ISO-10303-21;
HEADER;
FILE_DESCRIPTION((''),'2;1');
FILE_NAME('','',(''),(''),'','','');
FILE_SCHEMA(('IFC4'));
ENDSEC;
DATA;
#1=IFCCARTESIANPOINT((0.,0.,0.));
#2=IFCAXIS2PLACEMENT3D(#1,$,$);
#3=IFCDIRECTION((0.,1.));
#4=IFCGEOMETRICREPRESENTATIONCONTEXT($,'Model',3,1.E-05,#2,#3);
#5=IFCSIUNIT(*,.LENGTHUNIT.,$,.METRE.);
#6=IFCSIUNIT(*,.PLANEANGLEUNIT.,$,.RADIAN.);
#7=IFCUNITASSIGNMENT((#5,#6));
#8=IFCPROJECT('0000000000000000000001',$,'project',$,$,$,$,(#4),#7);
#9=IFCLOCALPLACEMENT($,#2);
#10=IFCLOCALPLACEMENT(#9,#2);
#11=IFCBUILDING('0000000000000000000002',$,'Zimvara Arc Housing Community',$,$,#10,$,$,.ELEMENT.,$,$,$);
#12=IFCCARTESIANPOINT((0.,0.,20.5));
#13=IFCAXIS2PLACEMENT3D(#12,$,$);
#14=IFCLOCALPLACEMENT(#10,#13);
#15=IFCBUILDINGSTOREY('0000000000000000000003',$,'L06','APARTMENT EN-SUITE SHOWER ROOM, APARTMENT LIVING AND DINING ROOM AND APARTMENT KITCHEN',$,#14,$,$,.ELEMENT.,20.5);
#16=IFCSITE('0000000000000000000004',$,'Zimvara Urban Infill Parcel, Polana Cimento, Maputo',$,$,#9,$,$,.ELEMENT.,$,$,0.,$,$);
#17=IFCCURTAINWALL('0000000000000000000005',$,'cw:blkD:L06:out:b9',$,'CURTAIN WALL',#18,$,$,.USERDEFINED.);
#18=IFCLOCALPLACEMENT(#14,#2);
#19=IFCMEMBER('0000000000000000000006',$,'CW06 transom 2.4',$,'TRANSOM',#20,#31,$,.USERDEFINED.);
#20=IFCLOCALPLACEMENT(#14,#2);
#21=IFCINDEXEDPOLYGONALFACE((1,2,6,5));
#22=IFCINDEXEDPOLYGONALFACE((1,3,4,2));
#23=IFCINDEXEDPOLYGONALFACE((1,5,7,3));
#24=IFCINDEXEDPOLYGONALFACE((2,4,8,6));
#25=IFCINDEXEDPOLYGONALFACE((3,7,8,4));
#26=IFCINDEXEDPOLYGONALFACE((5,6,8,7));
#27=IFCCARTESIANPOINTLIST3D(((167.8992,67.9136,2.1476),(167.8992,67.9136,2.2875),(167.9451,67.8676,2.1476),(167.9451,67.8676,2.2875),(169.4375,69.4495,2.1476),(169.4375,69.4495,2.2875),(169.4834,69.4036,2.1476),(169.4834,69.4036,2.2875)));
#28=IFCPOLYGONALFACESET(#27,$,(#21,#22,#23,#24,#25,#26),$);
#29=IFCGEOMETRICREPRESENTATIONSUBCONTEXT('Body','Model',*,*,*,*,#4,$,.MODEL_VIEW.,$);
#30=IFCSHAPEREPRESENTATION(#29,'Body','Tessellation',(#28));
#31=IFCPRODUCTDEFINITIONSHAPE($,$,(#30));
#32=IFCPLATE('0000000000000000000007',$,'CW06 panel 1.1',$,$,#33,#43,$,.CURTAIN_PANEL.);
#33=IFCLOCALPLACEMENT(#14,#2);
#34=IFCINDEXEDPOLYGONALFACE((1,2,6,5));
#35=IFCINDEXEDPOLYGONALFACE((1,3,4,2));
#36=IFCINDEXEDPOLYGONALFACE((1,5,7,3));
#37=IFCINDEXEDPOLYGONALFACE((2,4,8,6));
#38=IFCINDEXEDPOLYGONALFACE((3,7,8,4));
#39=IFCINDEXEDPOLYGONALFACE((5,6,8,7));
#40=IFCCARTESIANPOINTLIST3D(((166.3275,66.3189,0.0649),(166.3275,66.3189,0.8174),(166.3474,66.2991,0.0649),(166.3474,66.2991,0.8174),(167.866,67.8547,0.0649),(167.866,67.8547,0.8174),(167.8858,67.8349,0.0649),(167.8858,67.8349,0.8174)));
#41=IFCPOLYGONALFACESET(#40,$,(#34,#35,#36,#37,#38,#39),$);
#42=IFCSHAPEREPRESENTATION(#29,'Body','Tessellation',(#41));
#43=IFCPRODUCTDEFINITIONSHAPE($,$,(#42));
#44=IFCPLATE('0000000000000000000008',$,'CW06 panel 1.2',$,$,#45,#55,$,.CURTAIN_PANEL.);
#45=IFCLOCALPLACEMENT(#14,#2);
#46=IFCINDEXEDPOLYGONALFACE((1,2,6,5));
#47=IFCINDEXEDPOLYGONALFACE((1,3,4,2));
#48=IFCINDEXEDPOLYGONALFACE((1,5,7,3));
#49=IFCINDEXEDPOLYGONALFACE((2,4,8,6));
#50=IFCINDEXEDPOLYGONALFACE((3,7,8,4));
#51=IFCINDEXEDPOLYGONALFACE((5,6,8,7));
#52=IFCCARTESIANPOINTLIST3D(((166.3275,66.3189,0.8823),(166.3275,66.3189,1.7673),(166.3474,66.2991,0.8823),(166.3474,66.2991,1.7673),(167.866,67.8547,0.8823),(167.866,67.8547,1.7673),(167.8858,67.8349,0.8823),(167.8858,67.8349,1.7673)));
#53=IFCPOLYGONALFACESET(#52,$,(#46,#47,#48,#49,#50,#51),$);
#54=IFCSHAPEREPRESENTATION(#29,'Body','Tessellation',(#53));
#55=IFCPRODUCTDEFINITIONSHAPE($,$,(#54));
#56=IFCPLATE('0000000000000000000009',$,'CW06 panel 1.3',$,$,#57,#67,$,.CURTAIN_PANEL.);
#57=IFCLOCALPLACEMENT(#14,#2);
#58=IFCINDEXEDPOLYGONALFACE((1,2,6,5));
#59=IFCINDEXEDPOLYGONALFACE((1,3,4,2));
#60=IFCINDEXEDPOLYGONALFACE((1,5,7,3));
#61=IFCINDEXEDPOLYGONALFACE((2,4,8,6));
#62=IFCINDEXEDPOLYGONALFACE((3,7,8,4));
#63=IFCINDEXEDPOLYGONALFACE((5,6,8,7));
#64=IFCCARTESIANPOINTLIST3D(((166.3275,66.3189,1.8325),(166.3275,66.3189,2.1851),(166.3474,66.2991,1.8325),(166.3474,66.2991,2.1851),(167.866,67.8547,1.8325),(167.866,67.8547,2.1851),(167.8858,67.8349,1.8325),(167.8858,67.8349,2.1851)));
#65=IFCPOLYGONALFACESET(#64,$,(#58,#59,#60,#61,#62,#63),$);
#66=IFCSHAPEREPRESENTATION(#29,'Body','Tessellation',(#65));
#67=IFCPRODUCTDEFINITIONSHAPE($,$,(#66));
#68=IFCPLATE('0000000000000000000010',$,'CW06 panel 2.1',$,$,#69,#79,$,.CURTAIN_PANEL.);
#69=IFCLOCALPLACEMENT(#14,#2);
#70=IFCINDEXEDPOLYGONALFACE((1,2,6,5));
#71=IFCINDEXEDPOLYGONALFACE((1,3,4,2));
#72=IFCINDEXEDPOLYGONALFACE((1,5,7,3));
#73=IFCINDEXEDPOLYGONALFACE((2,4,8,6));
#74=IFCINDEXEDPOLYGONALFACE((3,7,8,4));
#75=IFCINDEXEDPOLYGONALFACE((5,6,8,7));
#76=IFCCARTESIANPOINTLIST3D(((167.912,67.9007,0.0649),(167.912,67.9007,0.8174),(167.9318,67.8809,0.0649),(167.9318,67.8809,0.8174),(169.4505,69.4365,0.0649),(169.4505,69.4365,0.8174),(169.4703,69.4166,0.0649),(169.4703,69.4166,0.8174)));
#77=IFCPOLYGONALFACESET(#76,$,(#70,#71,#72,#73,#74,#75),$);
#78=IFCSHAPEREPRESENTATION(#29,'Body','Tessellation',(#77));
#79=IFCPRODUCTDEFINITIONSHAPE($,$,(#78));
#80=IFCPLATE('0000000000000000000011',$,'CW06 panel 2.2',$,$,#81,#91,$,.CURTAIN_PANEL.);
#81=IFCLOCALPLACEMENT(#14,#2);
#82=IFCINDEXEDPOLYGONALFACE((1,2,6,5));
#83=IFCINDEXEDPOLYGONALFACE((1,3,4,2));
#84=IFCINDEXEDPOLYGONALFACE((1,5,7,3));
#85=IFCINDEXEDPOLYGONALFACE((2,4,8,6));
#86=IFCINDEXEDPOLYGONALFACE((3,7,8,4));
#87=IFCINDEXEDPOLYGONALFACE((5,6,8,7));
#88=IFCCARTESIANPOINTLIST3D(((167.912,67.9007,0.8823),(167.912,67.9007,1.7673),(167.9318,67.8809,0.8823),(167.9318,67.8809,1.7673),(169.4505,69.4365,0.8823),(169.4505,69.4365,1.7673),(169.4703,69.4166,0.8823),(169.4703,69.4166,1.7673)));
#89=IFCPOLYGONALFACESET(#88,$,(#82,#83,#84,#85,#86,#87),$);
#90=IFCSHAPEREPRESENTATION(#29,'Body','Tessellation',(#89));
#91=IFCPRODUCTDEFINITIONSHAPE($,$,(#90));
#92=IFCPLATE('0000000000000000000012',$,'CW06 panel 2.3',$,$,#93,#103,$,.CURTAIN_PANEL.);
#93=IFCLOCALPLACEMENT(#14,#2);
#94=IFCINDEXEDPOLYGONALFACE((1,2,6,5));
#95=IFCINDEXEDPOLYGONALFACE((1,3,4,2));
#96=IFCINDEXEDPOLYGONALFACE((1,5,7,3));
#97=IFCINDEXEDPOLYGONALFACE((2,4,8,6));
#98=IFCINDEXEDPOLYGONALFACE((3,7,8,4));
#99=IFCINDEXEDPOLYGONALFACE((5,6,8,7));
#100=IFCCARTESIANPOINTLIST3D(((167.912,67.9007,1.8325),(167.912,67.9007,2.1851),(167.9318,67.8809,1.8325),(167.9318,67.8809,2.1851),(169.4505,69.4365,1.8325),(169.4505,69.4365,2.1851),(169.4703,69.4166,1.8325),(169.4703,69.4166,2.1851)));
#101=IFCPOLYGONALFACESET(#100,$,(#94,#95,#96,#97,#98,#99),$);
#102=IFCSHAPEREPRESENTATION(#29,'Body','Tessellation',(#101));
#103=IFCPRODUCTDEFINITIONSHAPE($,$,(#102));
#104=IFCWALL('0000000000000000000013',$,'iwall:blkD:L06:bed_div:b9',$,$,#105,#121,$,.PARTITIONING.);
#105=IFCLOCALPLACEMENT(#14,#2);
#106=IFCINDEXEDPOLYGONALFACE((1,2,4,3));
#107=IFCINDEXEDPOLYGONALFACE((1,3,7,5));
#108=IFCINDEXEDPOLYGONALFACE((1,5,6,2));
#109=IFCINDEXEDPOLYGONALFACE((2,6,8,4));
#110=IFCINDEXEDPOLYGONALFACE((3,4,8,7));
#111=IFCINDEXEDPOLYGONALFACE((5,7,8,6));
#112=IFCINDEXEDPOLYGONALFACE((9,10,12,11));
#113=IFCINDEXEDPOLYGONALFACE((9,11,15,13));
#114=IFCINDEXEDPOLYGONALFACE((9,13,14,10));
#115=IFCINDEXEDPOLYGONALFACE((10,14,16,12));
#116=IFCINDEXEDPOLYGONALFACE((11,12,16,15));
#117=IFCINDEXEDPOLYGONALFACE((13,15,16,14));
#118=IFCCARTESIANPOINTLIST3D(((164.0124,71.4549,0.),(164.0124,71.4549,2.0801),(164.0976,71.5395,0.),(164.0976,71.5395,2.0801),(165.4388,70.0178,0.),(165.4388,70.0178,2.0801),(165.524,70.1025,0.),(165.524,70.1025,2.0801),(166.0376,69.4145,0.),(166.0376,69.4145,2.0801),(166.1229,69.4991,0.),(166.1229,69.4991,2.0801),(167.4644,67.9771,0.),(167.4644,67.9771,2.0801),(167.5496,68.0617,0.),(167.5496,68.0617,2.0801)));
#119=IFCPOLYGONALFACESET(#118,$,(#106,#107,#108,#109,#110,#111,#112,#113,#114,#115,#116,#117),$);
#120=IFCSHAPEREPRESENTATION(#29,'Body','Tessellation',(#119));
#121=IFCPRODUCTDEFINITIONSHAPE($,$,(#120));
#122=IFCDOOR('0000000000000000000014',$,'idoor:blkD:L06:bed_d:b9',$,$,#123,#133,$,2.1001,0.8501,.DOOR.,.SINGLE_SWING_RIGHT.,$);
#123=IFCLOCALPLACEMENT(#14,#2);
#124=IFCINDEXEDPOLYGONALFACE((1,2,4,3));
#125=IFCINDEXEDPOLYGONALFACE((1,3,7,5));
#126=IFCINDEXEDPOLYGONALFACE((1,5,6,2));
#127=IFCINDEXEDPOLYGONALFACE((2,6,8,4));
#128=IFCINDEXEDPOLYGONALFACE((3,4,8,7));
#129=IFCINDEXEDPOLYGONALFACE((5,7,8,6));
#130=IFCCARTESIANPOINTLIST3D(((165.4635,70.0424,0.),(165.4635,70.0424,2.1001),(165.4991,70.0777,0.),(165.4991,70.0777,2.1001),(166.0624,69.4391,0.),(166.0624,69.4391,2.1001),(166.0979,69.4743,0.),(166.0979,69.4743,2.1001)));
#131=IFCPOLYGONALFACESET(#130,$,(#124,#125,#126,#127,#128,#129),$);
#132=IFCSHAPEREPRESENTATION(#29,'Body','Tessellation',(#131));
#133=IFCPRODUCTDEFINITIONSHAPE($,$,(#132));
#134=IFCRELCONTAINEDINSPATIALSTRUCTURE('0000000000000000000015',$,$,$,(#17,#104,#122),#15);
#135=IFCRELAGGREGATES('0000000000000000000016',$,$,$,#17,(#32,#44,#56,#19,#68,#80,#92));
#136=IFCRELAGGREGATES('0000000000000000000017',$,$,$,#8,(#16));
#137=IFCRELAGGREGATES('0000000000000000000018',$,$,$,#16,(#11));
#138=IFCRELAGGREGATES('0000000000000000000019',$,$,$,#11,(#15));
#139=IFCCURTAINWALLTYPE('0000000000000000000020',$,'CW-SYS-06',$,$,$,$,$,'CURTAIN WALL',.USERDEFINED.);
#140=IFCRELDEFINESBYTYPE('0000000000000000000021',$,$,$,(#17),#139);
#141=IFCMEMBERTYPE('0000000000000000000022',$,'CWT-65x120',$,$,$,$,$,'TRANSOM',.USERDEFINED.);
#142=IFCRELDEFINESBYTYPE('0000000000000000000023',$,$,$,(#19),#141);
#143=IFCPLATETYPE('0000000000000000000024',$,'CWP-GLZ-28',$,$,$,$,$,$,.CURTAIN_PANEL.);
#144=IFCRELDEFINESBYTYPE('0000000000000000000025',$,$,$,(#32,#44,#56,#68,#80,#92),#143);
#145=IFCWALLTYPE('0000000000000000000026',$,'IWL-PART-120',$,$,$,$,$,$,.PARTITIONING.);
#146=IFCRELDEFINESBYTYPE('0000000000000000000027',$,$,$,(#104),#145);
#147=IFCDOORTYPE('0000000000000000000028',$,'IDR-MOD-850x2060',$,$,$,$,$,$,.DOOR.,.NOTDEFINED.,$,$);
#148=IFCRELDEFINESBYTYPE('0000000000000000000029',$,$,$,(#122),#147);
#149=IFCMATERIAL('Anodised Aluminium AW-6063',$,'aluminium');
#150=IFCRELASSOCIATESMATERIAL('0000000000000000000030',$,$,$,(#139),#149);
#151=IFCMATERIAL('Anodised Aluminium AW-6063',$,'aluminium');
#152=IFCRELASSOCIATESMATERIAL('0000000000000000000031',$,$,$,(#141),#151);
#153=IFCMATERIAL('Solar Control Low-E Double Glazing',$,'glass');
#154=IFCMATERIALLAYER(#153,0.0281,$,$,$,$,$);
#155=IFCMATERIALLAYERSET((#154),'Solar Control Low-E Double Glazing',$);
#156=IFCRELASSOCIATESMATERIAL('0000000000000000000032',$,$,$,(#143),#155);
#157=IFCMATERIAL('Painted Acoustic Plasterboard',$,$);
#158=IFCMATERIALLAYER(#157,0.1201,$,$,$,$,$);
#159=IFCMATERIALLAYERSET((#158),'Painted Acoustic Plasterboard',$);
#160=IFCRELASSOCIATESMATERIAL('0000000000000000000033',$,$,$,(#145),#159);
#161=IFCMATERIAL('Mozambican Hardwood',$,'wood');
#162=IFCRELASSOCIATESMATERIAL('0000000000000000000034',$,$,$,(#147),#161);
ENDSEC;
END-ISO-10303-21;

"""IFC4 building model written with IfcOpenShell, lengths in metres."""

from ifc_helpers import new_model, si_unit, direction, frame, frame_2d, origin, origin_2d, place, context, subcontext, project, spatial, rectangle, extrude, material, layer, layer_set, material_profile, profile_set, type_object, element, fill, aggregate, save


model = new_model("IFC4")

# Units and contexts
model_context = context("Model", 3, precision=1e-05, world=origin(), true_north=direction((0.0, 1.0)))
body_context = subcontext(model_context, "Body", "Model", "MODEL_VIEW")
ifc_project = project(units=[si_unit("LENGTHUNIT", "METRE"), si_unit("PLANEANGLEUNIT", "RADIAN")], contexts=[model_context])

# Site, building, storey
site_placement = place(None, origin())
site = spatial("IfcSite", under=ifc_project, at=site_placement, Name="Zimvara Urban Infill Parcel, Polana Cimento, Maputo", CompositionType="ELEMENT", RefElevation=0.0)
building_placement = place(site_placement, origin())
building = spatial("IfcBuilding", under=site, at=building_placement, Name="Zimvara Arc Housing Community", CompositionType="ELEMENT")
storey_placement = place(building_placement, frame((0.0, 0.0, 20.5)))
storey = spatial("IfcBuildingStorey", under=building, at=storey_placement, Name="L06", Description="APARTMENT EN-SUITE SHOWER ROOM, APARTMENT LIVING AND DINING ROOM AND APARTMENT KITCHEN", CompositionType="ELEMENT", Elevation=20.5)

# Curtain wall, member, plates
ifc_material_1 = material(Name="Anodised Aluminium AW-6063", Category="aluminium")
curtain_wall_type = type_object("IfcCurtainWallType", Name="CW-SYS-06", ElementType="CURTAIN WALL", PredefinedType="USERDEFINED", material=ifc_material_1)
curtain_wall_placement = place(storey_placement, origin())
curtain_wall = element("IfcCurtainWall", 1, at=curtain_wall_placement, inside=storey, type_object=curtain_wall_type, Name="cw:blkD:L06:out:b9", ObjectType="CURTAIN WALL", PredefinedType="USERDEFINED")
ifc_material_2 = material(Name="Anodised Aluminium AW-6063", Category="aluminium")
ifc_material_profile_1 = material_profile(ifc_material_2, rectangle(XDim=0.0649, YDim=0.1399, at=origin_2d()), Name="ALU 65x140")
ifc_profile_set_1 = profile_set([ifc_material_profile_1], Name="Anodised Aluminium AW-6063")
member_type_1 = type_object("IfcMemberType", Name="CWT-65x120", ElementType="TRANSOM", PredefinedType="USERDEFINED", material=ifc_profile_set_1)
member_1_placement = place(storey_placement, frame((167.9221, 67.8906, 2.2175), z_axis=(0.707668, 0.706545, 0.0), x_axis=(-0.706545, 0.707668, 0.0)))
member_1 = element("IfcMember", 2, at=member_1_placement, type_object=member_type_1, Name="CW06 transom 2.4", ObjectType="TRANSOM", PredefinedType="USERDEFINED", context=body_context, shape_type="SweptSolid", body=[
    extrude(rectangle(XDim=0.0649, YDim=0.1399, at=origin_2d()), origin(), (0.0, 0.0, 1.0), 2.1738),
])
ifc_material_3 = material(Name="Solar Control Low-E Double Glazing", Category="glass")
ifc_layer_1 = layer(ifc_material_3, 0.0281)
ifc_layer_set_1 = layer_set([ifc_layer_1], Name="Solar Control Low-E Double Glazing")
plate_type = type_object("IfcPlateType", Name="CWP-GLZ-28", PredefinedType="CURTAIN_PANEL", material=ifc_layer_set_1)
plate_1_placement = place(storey_placement, frame((167.1067, 67.0769, 0.0649), z_axis=(0.0, 0.0, 1.0), x_axis=(0.707724, 0.706489, 0.0)))
plate_1 = element("IfcPlate", 3, at=plate_1_placement, type_object=plate_type, Name="CW06 panel 1.1", PredefinedType="CURTAIN_PANEL", context=body_context, shape_type="SweptSolid", body=[
    extrude(rectangle(XDim=2.1738, YDim=0.0281, at=origin_2d()), origin(), (0.0, 0.0, 1.0), 0.7524),
])
plate_2_placement = place(storey_placement, frame((167.1067, 67.0769, 0.8823), z_axis=(0.0, 0.0, 1.0), x_axis=(0.707724, 0.706489, 0.0)))
plate_2 = element("IfcPlate", 4, at=plate_2_placement, type_object=plate_type, Name="CW06 panel 1.2", PredefinedType="CURTAIN_PANEL", context=body_context, shape_type="SweptSolid", body=[
    extrude(rectangle(XDim=2.1738, YDim=0.0281, at=origin_2d()), origin(), (0.0, 0.0, 1.0), 0.885),
])
plate_3_placement = place(storey_placement, frame((167.1067, 67.0769, 1.8325), z_axis=(0.0, 0.0, 1.0), x_axis=(0.707724, 0.706489, 0.0)))
plate_3 = element("IfcPlate", 5, at=plate_3_placement, type_object=plate_type, Name="CW06 panel 1.3", PredefinedType="CURTAIN_PANEL", context=body_context, shape_type="SweptSolid", body=[
    extrude(rectangle(XDim=2.1738, YDim=0.0281, at=origin_2d()), origin(), (0.0, 0.0, 1.0), 0.3525),
])
plate_4_placement = place(storey_placement, frame((168.6912, 68.6587, 0.0649), z_axis=(0.0, 0.0, 1.0), x_axis=(0.707724, 0.706489, 0.0)))
plate_4 = element("IfcPlate", 6, at=plate_4_placement, type_object=plate_type, Name="CW06 panel 2.1", PredefinedType="CURTAIN_PANEL", context=body_context, shape_type="SweptSolid", body=[
    extrude(rectangle(XDim=2.1738, YDim=0.0281, at=origin_2d()), origin(), (0.0, 0.0, 1.0), 0.7524),
])
plate_5_placement = place(storey_placement, frame((168.6912, 68.6587, 0.8823), z_axis=(0.0, 0.0, 1.0), x_axis=(0.707724, 0.706489, 0.0)))
plate_5 = element("IfcPlate", 7, at=plate_5_placement, type_object=plate_type, Name="CW06 panel 2.2", PredefinedType="CURTAIN_PANEL", context=body_context, shape_type="SweptSolid", body=[
    extrude(rectangle(XDim=2.1738, YDim=0.0281, at=origin_2d()), origin(), (0.0, 0.0, 1.0), 0.885),
])
plate_6_placement = place(storey_placement, frame((168.6912, 68.6587, 1.8325), z_axis=(0.0, 0.0, 1.0), x_axis=(0.707724, 0.706489, 0.0)))
plate_6 = element("IfcPlate", 8, at=plate_6_placement, type_object=plate_type, Name="CW06 panel 2.3", PredefinedType="CURTAIN_PANEL", context=body_context, shape_type="SweptSolid", body=[
    extrude(rectangle(XDim=2.1738, YDim=0.0281, at=origin_2d()), origin(), (0.0, 0.0, 1.0), 0.3525),
])
aggregate(curtain_wall, [plate_1, plate_2, plate_3, member_1, plate_4, plate_5, plate_6])

# Wall, opening, door
ifc_material_4 = material(Name="Painted Acoustic Plasterboard")
ifc_layer_2 = layer(ifc_material_4, 0.1201)
ifc_layer_set_2 = layer_set([ifc_layer_2], Name="Painted Acoustic Plasterboard")
wall_type_1 = type_object("IfcWallType", Name="IWL-PART-120", PredefinedType="PARTITIONING", material=ifc_layer_set_2)
wall_1_placement = place(storey_placement, frame((164.0549, 71.4973, 0.0), z_axis=(0.0, 0.0, 1.0), x_axis=(0.704461, -0.709743, 0.0)))
wall_1 = element("IfcWall", 9, at=wall_1_placement, inside=storey, type_object=wall_type_1, Name="iwall:blkD:L06:bed_div:b9", PredefinedType="PARTITIONING", context=body_context, shape_type="SweptSolid", body=[
    extrude(rectangle(XDim=4.9001, YDim=0.1201, at=frame_2d((2.4502, 0.0))), origin(), (0.0, 0.0, 1.0), 2.0801),
])
opening_1_placement = place(wall_1_placement, frame((2.0249, 0.0, 0.0)))
opening_1 = element("IfcOpeningElement", 10, at=opening_1_placement, cuts=wall_1, PredefinedType="OPENING", context=body_context, shape_type="SweptSolid", body=[
    extrude(rectangle(XDim=0.8501, YDim=2.1001, at=frame_2d((0.425, 1.05))), frame((0.0, 0.0701, 0.0), z_axis=(0.0, -1.0, 0.0), x_axis=(1.0, 0.0, 0.0)), (0.0, 0.0, 1.0), 0.1401),
])
ifc_material_5 = material(Name="Mozambican Hardwood", Category="wood")
door_type_1 = type_object("IfcDoorType", Name="IDR-MOD-850x2060", OperationType="NOTDEFINED", PredefinedType="DOOR", material=ifc_material_5)
door_1_placement = place(opening_1_placement, origin())
door_1 = element("IfcDoor", 11, at=door_1_placement, inside=storey, type_object=door_type_1, Name="idoor:blkD:L06:bed_d:b9", OperationType="SINGLE_SWING_RIGHT", OverallHeight=2.1001, OverallWidth=0.8501, PredefinedType="DOOR", context=body_context, shape_type="SweptSolid", body=[
    extrude(rectangle(XDim=0.8501, YDim=2.1001, at=frame_2d((0.425, 1.05))), frame((0.0, 0.0249, 0.0), z_axis=(0.0, -1.0, 0.0), x_axis=(1.0, 0.0, 0.0)), (0.0, 0.0, 1.0), 0.05),
])
fill(opening_1, door_1)

save(model, "model.ifc")
